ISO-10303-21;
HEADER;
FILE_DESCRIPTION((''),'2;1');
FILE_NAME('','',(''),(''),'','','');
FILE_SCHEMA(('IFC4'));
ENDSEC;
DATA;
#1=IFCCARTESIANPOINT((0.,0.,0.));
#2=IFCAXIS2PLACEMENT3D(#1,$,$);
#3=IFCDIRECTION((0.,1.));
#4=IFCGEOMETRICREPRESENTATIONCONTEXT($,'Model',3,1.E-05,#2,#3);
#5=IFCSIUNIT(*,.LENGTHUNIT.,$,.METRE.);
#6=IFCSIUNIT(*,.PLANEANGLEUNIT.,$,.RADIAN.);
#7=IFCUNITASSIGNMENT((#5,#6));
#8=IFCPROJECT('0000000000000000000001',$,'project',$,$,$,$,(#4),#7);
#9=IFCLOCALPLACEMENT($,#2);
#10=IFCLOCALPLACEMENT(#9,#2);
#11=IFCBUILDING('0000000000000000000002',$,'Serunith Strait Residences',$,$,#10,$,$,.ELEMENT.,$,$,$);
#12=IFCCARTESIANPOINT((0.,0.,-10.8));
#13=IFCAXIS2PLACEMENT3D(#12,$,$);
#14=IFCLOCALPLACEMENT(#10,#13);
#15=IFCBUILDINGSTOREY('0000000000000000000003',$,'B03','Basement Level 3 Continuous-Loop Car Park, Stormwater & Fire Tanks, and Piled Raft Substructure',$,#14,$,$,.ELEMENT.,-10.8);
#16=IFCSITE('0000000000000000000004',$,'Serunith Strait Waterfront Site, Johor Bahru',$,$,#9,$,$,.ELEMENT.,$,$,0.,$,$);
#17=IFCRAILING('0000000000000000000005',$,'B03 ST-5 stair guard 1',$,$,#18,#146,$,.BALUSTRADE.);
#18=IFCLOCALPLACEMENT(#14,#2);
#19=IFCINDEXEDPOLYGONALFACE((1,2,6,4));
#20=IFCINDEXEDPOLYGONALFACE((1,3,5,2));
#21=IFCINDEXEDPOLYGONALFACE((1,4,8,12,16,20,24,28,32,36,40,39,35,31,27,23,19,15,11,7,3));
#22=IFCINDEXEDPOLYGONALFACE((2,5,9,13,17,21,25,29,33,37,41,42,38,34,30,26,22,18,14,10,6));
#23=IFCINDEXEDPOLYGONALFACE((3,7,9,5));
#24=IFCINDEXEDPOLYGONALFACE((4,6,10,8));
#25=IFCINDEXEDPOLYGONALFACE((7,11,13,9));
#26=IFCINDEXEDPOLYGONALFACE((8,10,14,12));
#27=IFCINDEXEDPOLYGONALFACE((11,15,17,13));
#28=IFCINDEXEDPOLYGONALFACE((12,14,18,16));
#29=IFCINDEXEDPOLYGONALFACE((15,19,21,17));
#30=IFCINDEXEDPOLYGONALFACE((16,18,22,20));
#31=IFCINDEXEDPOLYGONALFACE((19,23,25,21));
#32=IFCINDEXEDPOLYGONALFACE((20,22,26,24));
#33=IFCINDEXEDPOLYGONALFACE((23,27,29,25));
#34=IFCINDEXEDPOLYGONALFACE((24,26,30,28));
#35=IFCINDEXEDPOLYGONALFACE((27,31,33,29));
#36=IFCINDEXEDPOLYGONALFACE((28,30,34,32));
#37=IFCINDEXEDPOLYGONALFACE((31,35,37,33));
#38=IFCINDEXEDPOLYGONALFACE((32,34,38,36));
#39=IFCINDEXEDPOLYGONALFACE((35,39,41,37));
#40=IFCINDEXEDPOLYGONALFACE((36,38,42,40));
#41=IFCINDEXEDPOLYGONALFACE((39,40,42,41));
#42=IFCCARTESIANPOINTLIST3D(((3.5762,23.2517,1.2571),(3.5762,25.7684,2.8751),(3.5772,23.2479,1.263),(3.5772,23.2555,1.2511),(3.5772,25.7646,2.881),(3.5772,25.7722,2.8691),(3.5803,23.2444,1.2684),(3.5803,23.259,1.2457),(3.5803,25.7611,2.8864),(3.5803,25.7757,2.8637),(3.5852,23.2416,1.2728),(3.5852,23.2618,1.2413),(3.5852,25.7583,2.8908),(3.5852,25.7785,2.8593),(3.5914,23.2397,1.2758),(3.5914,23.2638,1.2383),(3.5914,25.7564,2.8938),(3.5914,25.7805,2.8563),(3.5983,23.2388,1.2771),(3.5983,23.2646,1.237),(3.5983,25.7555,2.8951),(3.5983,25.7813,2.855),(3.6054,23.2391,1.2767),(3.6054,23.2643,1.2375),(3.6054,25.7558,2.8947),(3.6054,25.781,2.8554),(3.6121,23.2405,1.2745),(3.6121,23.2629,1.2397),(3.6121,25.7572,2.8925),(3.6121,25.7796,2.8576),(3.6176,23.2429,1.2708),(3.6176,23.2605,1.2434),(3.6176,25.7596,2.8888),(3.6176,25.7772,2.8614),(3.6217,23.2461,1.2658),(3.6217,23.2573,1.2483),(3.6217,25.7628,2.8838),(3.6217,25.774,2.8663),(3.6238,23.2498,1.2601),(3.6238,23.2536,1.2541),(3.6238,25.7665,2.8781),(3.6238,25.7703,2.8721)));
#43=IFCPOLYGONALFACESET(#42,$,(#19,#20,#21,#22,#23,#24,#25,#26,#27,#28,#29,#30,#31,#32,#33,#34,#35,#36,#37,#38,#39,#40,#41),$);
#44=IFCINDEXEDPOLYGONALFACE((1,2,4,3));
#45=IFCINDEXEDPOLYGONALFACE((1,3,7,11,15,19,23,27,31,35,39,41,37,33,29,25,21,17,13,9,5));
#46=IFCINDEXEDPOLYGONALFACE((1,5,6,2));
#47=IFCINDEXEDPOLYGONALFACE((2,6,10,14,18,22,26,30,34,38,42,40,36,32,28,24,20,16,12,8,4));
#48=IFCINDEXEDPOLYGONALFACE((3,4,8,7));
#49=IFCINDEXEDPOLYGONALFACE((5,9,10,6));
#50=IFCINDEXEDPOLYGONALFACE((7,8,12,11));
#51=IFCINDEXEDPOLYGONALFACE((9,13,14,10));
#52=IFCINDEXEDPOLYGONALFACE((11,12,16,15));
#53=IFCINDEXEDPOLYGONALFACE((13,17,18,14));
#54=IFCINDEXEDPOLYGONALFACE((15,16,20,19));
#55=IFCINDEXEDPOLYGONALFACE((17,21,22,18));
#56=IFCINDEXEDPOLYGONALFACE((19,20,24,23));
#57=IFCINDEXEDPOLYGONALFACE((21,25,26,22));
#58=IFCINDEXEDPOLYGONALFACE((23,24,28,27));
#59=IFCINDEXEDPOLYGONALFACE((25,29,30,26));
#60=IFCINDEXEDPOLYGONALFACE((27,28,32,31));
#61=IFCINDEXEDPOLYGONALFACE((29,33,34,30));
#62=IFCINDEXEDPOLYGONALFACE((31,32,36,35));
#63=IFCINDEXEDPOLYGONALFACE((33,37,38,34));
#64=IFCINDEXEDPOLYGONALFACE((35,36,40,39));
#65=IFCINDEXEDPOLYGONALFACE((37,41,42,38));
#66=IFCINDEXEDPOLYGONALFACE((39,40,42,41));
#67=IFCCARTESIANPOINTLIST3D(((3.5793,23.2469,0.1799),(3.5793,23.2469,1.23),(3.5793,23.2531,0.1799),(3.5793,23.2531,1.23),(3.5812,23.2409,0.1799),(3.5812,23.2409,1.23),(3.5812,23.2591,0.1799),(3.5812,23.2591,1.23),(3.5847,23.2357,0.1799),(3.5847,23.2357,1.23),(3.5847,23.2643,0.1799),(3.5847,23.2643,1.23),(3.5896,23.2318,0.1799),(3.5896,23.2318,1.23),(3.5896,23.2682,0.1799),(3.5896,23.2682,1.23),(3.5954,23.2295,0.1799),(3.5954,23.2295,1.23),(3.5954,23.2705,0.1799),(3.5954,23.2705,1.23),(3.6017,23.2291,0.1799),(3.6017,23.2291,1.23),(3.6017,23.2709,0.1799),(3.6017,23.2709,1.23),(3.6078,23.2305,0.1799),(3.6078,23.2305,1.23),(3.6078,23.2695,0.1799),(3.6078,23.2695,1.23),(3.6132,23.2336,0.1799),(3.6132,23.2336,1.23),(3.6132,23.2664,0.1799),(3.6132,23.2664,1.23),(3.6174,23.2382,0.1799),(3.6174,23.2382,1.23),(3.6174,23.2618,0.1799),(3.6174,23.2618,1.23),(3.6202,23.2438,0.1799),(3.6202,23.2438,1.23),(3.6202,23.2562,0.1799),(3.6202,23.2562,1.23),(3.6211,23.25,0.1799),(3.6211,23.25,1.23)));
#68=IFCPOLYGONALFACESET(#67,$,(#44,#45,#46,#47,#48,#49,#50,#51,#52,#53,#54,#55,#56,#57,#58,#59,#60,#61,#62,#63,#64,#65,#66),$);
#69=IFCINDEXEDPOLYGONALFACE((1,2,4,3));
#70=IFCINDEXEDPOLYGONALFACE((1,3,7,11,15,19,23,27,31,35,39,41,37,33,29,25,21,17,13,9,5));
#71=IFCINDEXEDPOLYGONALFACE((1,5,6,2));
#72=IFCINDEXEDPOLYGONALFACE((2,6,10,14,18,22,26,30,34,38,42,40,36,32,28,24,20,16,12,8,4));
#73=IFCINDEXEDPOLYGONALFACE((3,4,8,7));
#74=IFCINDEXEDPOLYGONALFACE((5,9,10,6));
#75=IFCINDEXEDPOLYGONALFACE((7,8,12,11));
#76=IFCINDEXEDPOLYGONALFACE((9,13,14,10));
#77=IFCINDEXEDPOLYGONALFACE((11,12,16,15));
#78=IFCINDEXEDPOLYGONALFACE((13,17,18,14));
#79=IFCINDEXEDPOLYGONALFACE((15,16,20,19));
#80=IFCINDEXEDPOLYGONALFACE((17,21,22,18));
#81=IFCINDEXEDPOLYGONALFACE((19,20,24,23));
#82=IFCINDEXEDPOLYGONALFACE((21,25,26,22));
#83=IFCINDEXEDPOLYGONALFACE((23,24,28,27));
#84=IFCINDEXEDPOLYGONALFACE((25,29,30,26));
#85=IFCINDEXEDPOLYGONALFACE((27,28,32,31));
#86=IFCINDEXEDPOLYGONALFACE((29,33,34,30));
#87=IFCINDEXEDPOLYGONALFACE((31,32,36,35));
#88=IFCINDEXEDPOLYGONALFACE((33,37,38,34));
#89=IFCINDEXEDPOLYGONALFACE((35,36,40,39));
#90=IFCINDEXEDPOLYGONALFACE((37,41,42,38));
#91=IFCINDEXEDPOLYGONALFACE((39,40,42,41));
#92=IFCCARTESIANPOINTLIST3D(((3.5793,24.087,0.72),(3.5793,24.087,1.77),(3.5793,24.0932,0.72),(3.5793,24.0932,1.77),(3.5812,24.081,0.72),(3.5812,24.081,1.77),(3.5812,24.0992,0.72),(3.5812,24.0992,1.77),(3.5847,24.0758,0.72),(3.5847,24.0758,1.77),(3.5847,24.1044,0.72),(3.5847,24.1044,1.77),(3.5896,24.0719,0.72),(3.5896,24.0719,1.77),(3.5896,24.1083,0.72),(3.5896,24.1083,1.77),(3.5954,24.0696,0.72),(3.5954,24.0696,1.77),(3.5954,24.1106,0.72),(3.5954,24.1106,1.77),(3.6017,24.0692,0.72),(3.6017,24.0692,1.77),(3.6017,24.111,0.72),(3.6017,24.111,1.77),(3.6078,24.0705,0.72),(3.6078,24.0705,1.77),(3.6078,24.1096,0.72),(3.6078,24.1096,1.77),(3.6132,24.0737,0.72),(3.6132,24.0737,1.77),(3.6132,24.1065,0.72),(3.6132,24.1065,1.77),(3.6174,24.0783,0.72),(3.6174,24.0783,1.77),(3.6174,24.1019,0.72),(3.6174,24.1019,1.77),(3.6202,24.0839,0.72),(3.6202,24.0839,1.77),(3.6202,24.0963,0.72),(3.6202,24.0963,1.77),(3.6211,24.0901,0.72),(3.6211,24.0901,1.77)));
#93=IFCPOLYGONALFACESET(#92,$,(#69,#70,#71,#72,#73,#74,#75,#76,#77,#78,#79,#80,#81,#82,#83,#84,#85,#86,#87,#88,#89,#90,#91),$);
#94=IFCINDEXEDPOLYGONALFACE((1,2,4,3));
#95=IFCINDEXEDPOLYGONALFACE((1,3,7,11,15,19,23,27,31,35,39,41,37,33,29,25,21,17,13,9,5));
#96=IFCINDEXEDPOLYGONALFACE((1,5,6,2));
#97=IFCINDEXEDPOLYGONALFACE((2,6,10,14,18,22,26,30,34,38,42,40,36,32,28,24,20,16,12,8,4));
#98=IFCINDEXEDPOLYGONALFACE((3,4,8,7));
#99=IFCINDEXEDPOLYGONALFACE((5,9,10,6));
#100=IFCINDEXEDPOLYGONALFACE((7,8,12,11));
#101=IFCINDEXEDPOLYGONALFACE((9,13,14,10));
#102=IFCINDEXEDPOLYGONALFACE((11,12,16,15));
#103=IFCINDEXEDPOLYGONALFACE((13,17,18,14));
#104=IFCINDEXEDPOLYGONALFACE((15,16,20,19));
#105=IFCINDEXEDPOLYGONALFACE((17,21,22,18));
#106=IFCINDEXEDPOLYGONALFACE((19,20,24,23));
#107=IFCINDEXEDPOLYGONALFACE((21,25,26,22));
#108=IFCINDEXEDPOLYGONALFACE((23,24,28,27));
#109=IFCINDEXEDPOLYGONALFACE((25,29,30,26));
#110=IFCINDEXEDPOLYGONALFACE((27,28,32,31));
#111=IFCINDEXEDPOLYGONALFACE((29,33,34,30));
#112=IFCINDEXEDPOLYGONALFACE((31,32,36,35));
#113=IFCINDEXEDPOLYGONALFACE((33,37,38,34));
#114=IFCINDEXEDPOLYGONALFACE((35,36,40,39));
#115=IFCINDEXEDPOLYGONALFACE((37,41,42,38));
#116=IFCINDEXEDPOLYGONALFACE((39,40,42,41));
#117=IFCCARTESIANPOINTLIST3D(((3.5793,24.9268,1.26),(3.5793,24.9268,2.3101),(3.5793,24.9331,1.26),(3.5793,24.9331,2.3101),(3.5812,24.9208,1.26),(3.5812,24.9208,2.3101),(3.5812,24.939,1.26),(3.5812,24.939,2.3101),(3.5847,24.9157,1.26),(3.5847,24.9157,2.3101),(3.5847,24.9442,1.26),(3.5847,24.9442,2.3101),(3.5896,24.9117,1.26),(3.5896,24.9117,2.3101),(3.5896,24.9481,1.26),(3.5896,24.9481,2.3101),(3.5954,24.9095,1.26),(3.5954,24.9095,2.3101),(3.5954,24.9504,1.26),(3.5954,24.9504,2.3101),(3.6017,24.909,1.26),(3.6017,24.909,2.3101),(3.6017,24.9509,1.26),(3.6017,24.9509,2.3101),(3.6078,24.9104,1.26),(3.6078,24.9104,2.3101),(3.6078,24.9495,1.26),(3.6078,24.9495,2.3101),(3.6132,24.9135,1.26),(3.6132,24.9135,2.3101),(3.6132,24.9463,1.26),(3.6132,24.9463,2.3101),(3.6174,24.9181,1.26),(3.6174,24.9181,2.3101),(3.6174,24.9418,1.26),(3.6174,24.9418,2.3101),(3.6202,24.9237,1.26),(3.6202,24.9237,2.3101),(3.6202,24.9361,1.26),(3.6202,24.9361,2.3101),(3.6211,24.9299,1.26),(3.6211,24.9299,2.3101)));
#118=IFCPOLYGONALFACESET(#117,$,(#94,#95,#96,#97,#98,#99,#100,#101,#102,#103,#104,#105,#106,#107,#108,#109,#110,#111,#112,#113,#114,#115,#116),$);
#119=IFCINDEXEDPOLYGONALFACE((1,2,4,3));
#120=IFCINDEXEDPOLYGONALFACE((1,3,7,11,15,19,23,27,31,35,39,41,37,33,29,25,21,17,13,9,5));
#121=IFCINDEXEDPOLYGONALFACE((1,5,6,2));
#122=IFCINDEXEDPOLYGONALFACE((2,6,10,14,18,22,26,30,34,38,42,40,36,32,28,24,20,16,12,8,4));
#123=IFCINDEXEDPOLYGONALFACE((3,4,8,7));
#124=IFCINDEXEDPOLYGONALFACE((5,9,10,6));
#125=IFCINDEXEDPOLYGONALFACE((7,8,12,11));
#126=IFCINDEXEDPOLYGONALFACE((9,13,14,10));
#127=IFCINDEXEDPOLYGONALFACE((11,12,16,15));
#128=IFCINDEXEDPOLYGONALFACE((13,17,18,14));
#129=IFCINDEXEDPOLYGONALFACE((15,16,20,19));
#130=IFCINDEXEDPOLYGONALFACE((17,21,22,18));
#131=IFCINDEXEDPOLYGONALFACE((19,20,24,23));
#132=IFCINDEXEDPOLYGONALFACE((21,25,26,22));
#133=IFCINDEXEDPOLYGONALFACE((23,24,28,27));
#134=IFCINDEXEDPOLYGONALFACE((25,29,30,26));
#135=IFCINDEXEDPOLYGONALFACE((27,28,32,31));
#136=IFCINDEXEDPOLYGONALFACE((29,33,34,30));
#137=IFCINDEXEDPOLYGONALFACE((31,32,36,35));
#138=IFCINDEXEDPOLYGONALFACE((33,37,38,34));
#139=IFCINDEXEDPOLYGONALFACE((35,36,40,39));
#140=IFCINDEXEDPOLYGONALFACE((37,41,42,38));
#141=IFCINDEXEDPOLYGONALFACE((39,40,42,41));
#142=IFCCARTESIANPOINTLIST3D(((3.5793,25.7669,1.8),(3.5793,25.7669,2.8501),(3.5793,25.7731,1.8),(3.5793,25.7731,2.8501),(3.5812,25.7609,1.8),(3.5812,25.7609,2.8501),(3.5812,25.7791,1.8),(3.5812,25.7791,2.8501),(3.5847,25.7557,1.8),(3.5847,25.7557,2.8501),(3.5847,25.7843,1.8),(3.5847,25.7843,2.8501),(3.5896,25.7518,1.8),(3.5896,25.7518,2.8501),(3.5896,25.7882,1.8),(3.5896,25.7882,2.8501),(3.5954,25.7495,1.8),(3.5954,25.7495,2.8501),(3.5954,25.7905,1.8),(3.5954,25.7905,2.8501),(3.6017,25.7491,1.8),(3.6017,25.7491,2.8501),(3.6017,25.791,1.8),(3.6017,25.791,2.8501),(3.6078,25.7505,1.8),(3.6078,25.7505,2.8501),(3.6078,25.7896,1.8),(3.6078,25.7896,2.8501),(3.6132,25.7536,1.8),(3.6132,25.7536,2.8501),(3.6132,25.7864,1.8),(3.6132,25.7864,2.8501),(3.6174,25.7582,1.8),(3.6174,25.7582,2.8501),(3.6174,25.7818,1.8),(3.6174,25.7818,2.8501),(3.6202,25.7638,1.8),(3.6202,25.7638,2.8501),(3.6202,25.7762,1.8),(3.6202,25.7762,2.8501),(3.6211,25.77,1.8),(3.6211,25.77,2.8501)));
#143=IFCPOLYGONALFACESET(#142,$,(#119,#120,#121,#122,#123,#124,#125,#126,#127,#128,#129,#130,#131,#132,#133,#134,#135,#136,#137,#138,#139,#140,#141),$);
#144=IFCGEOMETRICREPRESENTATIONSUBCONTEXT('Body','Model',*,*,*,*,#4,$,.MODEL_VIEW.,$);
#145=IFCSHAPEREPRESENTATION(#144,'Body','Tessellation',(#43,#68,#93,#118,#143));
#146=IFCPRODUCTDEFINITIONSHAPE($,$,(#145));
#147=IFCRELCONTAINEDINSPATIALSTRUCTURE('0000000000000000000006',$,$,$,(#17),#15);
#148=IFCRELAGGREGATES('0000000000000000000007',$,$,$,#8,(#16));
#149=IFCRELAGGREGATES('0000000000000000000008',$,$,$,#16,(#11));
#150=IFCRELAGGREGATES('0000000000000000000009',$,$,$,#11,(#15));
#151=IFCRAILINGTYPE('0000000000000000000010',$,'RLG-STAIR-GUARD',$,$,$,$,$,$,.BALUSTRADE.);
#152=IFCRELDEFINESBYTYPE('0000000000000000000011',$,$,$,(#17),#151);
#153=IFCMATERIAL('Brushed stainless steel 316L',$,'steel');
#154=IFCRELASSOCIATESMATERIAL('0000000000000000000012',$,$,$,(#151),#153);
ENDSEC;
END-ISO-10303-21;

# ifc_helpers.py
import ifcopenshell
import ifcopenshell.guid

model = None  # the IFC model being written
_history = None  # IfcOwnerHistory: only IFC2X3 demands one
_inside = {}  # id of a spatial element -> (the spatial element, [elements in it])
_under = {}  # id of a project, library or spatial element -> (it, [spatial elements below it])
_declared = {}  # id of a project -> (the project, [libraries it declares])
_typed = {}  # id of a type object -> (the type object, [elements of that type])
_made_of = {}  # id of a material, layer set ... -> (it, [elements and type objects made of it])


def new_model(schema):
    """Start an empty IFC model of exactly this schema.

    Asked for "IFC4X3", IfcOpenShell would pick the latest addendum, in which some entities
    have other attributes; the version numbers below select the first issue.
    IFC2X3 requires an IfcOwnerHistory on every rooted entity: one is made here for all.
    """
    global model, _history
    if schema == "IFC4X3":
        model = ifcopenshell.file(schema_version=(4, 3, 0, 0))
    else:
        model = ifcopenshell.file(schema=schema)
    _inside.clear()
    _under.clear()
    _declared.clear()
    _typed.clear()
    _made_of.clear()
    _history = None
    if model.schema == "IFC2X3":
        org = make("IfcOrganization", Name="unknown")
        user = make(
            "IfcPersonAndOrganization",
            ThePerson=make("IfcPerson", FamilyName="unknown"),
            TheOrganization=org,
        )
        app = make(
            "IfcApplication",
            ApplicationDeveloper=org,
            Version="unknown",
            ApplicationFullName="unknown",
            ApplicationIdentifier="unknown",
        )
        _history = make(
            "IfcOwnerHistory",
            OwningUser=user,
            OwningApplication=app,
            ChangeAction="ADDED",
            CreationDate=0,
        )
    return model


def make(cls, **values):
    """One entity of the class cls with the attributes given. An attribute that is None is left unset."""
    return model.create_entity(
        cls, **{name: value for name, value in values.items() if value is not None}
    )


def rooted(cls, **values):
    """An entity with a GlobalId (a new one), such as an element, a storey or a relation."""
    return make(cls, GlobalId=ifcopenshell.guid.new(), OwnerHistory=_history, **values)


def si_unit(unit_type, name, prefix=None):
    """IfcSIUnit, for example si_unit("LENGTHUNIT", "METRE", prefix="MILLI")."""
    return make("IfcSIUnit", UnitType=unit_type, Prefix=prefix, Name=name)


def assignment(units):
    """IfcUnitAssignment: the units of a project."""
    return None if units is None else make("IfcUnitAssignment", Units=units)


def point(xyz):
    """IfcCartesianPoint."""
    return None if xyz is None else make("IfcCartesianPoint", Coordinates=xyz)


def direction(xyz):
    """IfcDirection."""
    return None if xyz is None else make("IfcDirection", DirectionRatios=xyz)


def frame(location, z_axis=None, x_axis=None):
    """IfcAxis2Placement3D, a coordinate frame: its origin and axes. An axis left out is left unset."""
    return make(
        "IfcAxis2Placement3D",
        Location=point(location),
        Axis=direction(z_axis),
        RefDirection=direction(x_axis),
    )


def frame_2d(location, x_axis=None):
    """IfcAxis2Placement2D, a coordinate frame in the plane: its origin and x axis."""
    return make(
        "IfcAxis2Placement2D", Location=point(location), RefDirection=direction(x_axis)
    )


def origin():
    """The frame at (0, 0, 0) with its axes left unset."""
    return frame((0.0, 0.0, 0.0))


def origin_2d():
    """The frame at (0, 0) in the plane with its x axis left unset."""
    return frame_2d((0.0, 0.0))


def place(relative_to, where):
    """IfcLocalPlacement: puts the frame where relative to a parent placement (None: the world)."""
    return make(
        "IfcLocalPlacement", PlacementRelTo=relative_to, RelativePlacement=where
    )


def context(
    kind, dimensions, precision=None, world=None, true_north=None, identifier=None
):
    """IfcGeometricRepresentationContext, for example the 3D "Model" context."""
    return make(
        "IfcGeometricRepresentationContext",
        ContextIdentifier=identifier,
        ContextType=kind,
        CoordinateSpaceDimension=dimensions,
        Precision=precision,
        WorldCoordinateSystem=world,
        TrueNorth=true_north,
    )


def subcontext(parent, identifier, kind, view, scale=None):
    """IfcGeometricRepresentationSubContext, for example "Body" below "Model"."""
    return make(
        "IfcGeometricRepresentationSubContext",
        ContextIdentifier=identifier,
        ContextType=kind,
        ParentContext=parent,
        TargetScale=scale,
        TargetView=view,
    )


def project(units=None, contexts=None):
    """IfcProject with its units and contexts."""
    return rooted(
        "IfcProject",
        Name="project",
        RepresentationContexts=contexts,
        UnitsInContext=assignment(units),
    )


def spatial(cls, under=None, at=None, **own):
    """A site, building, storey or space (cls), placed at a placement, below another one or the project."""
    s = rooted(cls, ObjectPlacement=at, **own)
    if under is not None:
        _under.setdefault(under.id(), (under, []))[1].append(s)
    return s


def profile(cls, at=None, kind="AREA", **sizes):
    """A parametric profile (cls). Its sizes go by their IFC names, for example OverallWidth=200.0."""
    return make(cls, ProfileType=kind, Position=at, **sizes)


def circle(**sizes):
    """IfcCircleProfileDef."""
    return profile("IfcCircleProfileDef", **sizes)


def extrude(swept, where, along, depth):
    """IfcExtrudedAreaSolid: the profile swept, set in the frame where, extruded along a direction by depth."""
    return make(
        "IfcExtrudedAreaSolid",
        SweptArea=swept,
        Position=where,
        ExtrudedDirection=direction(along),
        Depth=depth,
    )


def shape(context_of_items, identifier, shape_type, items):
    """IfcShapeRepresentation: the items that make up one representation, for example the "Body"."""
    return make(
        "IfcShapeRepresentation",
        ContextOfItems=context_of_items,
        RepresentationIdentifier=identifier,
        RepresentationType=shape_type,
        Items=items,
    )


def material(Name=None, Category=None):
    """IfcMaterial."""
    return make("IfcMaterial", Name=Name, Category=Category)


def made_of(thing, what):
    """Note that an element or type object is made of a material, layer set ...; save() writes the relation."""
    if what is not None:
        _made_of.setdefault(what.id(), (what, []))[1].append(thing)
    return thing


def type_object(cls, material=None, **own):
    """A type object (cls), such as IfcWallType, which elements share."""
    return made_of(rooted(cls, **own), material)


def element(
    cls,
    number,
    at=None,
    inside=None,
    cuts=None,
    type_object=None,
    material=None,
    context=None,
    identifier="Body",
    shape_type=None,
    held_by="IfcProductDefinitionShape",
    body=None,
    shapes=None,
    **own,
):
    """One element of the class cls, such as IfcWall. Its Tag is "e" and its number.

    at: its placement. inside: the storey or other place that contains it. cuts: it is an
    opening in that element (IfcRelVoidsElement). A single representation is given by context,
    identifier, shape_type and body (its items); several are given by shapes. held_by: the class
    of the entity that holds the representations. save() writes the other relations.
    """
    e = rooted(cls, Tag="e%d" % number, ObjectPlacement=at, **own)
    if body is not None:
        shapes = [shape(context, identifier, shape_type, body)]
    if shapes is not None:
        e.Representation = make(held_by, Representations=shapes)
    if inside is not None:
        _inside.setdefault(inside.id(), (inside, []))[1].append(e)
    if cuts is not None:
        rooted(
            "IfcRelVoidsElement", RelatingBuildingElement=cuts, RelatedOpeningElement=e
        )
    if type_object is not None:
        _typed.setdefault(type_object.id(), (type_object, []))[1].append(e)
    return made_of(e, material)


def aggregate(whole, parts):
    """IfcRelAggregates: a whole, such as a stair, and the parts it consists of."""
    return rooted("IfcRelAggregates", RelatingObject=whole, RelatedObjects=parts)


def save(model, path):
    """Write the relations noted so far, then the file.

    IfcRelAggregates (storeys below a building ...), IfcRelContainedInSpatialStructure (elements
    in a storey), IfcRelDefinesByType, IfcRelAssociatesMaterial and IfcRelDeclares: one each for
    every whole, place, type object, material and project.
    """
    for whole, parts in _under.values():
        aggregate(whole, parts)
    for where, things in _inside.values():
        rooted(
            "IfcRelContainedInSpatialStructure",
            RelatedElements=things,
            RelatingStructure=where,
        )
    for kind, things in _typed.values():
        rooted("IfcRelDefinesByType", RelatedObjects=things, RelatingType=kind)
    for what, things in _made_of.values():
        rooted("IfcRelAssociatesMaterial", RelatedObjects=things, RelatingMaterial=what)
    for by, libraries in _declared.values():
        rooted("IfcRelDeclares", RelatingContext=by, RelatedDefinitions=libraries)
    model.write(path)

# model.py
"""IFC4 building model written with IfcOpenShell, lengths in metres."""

from ifc_helpers import new_model, si_unit, direction, frame, origin, origin_2d, place, context, subcontext, project, spatial, circle, extrude, material, type_object, element, save


model = new_model("IFC4")

# Units and contexts
model_context = context("Model", 3, precision=1e-05, world=origin(), true_north=direction((0.0, 1.0)))
body_context = subcontext(model_context, "Body", "Model", "MODEL_VIEW")
ifc_project = project(units=[si_unit("LENGTHUNIT", "METRE"), si_unit("PLANEANGLEUNIT", "RADIAN")], contexts=[model_context])

# Site, building, storey
site_placement = place(None, origin())
site = spatial("IfcSite", under=ifc_project, at=site_placement, Name="Serunith Strait Waterfront Site, Johor Bahru", CompositionType="ELEMENT", RefElevation=0.0)
building_placement = place(site_placement, origin())
building = spatial("IfcBuilding", under=site, at=building_placement, Name="Serunith Strait Residences", CompositionType="ELEMENT")
storey_placement = place(building_placement, frame((0.0, 0.0, -10.8)))
storey = spatial("IfcBuildingStorey", under=building, at=storey_placement, Name="B03", Description="Basement Level 3 Continuous-Loop Car Park, Stormwater & Fire Tanks, and Piled Raft Substructure", CompositionType="ELEMENT", Elevation=-10.8)

# Railing
ifc_material_1 = material(Name="Brushed stainless steel 316L", Category="steel")
railing_type_1 = type_object("IfcRailingType", Name="RLG-STAIR-GUARD", PredefinedType="BALUSTRADE", material=ifc_material_1)
railing_1_placement = place(storey_placement, frame((3.6001, 23.25, 0.1799)))
element("IfcRailing", 1, at=railing_1_placement, inside=storey, type_object=railing_type_1, Name="B03 ST-5 stair guard 1", PredefinedType="BALUSTRADE", context=body_context, shape_type="SweptSolid", body=[
    extrude(circle(Radius=0.0239, at=origin_2d()), frame((0.0, 0.0017, 1.0771), z_axis=(0.0, 0.841163, 0.540782), x_axis=(-1.0, 0.0, 0.0)), (0.0, 0.0, 1.0), 2.9919),
    extrude(circle(Radius=0.021, at=origin_2d()), origin(), (0.0, 0.0, 1.0), 1.05),
    extrude(circle(Radius=0.021, at=origin_2d()), frame((0.0, 0.8401, 0.54)), (0.0, 0.0, 1.0), 1.05),
    extrude(circle(Radius=0.021, at=origin_2d()), frame((0.0, 1.6799, 1.0801)), (0.0, 0.0, 1.0), 1.05),
    extrude(circle(Radius=0.021, at=origin_2d()), frame((0.0, 2.52, 1.6201)), (0.0, 0.0, 1.0), 1.05),
])

save(model, "model.ifc")
